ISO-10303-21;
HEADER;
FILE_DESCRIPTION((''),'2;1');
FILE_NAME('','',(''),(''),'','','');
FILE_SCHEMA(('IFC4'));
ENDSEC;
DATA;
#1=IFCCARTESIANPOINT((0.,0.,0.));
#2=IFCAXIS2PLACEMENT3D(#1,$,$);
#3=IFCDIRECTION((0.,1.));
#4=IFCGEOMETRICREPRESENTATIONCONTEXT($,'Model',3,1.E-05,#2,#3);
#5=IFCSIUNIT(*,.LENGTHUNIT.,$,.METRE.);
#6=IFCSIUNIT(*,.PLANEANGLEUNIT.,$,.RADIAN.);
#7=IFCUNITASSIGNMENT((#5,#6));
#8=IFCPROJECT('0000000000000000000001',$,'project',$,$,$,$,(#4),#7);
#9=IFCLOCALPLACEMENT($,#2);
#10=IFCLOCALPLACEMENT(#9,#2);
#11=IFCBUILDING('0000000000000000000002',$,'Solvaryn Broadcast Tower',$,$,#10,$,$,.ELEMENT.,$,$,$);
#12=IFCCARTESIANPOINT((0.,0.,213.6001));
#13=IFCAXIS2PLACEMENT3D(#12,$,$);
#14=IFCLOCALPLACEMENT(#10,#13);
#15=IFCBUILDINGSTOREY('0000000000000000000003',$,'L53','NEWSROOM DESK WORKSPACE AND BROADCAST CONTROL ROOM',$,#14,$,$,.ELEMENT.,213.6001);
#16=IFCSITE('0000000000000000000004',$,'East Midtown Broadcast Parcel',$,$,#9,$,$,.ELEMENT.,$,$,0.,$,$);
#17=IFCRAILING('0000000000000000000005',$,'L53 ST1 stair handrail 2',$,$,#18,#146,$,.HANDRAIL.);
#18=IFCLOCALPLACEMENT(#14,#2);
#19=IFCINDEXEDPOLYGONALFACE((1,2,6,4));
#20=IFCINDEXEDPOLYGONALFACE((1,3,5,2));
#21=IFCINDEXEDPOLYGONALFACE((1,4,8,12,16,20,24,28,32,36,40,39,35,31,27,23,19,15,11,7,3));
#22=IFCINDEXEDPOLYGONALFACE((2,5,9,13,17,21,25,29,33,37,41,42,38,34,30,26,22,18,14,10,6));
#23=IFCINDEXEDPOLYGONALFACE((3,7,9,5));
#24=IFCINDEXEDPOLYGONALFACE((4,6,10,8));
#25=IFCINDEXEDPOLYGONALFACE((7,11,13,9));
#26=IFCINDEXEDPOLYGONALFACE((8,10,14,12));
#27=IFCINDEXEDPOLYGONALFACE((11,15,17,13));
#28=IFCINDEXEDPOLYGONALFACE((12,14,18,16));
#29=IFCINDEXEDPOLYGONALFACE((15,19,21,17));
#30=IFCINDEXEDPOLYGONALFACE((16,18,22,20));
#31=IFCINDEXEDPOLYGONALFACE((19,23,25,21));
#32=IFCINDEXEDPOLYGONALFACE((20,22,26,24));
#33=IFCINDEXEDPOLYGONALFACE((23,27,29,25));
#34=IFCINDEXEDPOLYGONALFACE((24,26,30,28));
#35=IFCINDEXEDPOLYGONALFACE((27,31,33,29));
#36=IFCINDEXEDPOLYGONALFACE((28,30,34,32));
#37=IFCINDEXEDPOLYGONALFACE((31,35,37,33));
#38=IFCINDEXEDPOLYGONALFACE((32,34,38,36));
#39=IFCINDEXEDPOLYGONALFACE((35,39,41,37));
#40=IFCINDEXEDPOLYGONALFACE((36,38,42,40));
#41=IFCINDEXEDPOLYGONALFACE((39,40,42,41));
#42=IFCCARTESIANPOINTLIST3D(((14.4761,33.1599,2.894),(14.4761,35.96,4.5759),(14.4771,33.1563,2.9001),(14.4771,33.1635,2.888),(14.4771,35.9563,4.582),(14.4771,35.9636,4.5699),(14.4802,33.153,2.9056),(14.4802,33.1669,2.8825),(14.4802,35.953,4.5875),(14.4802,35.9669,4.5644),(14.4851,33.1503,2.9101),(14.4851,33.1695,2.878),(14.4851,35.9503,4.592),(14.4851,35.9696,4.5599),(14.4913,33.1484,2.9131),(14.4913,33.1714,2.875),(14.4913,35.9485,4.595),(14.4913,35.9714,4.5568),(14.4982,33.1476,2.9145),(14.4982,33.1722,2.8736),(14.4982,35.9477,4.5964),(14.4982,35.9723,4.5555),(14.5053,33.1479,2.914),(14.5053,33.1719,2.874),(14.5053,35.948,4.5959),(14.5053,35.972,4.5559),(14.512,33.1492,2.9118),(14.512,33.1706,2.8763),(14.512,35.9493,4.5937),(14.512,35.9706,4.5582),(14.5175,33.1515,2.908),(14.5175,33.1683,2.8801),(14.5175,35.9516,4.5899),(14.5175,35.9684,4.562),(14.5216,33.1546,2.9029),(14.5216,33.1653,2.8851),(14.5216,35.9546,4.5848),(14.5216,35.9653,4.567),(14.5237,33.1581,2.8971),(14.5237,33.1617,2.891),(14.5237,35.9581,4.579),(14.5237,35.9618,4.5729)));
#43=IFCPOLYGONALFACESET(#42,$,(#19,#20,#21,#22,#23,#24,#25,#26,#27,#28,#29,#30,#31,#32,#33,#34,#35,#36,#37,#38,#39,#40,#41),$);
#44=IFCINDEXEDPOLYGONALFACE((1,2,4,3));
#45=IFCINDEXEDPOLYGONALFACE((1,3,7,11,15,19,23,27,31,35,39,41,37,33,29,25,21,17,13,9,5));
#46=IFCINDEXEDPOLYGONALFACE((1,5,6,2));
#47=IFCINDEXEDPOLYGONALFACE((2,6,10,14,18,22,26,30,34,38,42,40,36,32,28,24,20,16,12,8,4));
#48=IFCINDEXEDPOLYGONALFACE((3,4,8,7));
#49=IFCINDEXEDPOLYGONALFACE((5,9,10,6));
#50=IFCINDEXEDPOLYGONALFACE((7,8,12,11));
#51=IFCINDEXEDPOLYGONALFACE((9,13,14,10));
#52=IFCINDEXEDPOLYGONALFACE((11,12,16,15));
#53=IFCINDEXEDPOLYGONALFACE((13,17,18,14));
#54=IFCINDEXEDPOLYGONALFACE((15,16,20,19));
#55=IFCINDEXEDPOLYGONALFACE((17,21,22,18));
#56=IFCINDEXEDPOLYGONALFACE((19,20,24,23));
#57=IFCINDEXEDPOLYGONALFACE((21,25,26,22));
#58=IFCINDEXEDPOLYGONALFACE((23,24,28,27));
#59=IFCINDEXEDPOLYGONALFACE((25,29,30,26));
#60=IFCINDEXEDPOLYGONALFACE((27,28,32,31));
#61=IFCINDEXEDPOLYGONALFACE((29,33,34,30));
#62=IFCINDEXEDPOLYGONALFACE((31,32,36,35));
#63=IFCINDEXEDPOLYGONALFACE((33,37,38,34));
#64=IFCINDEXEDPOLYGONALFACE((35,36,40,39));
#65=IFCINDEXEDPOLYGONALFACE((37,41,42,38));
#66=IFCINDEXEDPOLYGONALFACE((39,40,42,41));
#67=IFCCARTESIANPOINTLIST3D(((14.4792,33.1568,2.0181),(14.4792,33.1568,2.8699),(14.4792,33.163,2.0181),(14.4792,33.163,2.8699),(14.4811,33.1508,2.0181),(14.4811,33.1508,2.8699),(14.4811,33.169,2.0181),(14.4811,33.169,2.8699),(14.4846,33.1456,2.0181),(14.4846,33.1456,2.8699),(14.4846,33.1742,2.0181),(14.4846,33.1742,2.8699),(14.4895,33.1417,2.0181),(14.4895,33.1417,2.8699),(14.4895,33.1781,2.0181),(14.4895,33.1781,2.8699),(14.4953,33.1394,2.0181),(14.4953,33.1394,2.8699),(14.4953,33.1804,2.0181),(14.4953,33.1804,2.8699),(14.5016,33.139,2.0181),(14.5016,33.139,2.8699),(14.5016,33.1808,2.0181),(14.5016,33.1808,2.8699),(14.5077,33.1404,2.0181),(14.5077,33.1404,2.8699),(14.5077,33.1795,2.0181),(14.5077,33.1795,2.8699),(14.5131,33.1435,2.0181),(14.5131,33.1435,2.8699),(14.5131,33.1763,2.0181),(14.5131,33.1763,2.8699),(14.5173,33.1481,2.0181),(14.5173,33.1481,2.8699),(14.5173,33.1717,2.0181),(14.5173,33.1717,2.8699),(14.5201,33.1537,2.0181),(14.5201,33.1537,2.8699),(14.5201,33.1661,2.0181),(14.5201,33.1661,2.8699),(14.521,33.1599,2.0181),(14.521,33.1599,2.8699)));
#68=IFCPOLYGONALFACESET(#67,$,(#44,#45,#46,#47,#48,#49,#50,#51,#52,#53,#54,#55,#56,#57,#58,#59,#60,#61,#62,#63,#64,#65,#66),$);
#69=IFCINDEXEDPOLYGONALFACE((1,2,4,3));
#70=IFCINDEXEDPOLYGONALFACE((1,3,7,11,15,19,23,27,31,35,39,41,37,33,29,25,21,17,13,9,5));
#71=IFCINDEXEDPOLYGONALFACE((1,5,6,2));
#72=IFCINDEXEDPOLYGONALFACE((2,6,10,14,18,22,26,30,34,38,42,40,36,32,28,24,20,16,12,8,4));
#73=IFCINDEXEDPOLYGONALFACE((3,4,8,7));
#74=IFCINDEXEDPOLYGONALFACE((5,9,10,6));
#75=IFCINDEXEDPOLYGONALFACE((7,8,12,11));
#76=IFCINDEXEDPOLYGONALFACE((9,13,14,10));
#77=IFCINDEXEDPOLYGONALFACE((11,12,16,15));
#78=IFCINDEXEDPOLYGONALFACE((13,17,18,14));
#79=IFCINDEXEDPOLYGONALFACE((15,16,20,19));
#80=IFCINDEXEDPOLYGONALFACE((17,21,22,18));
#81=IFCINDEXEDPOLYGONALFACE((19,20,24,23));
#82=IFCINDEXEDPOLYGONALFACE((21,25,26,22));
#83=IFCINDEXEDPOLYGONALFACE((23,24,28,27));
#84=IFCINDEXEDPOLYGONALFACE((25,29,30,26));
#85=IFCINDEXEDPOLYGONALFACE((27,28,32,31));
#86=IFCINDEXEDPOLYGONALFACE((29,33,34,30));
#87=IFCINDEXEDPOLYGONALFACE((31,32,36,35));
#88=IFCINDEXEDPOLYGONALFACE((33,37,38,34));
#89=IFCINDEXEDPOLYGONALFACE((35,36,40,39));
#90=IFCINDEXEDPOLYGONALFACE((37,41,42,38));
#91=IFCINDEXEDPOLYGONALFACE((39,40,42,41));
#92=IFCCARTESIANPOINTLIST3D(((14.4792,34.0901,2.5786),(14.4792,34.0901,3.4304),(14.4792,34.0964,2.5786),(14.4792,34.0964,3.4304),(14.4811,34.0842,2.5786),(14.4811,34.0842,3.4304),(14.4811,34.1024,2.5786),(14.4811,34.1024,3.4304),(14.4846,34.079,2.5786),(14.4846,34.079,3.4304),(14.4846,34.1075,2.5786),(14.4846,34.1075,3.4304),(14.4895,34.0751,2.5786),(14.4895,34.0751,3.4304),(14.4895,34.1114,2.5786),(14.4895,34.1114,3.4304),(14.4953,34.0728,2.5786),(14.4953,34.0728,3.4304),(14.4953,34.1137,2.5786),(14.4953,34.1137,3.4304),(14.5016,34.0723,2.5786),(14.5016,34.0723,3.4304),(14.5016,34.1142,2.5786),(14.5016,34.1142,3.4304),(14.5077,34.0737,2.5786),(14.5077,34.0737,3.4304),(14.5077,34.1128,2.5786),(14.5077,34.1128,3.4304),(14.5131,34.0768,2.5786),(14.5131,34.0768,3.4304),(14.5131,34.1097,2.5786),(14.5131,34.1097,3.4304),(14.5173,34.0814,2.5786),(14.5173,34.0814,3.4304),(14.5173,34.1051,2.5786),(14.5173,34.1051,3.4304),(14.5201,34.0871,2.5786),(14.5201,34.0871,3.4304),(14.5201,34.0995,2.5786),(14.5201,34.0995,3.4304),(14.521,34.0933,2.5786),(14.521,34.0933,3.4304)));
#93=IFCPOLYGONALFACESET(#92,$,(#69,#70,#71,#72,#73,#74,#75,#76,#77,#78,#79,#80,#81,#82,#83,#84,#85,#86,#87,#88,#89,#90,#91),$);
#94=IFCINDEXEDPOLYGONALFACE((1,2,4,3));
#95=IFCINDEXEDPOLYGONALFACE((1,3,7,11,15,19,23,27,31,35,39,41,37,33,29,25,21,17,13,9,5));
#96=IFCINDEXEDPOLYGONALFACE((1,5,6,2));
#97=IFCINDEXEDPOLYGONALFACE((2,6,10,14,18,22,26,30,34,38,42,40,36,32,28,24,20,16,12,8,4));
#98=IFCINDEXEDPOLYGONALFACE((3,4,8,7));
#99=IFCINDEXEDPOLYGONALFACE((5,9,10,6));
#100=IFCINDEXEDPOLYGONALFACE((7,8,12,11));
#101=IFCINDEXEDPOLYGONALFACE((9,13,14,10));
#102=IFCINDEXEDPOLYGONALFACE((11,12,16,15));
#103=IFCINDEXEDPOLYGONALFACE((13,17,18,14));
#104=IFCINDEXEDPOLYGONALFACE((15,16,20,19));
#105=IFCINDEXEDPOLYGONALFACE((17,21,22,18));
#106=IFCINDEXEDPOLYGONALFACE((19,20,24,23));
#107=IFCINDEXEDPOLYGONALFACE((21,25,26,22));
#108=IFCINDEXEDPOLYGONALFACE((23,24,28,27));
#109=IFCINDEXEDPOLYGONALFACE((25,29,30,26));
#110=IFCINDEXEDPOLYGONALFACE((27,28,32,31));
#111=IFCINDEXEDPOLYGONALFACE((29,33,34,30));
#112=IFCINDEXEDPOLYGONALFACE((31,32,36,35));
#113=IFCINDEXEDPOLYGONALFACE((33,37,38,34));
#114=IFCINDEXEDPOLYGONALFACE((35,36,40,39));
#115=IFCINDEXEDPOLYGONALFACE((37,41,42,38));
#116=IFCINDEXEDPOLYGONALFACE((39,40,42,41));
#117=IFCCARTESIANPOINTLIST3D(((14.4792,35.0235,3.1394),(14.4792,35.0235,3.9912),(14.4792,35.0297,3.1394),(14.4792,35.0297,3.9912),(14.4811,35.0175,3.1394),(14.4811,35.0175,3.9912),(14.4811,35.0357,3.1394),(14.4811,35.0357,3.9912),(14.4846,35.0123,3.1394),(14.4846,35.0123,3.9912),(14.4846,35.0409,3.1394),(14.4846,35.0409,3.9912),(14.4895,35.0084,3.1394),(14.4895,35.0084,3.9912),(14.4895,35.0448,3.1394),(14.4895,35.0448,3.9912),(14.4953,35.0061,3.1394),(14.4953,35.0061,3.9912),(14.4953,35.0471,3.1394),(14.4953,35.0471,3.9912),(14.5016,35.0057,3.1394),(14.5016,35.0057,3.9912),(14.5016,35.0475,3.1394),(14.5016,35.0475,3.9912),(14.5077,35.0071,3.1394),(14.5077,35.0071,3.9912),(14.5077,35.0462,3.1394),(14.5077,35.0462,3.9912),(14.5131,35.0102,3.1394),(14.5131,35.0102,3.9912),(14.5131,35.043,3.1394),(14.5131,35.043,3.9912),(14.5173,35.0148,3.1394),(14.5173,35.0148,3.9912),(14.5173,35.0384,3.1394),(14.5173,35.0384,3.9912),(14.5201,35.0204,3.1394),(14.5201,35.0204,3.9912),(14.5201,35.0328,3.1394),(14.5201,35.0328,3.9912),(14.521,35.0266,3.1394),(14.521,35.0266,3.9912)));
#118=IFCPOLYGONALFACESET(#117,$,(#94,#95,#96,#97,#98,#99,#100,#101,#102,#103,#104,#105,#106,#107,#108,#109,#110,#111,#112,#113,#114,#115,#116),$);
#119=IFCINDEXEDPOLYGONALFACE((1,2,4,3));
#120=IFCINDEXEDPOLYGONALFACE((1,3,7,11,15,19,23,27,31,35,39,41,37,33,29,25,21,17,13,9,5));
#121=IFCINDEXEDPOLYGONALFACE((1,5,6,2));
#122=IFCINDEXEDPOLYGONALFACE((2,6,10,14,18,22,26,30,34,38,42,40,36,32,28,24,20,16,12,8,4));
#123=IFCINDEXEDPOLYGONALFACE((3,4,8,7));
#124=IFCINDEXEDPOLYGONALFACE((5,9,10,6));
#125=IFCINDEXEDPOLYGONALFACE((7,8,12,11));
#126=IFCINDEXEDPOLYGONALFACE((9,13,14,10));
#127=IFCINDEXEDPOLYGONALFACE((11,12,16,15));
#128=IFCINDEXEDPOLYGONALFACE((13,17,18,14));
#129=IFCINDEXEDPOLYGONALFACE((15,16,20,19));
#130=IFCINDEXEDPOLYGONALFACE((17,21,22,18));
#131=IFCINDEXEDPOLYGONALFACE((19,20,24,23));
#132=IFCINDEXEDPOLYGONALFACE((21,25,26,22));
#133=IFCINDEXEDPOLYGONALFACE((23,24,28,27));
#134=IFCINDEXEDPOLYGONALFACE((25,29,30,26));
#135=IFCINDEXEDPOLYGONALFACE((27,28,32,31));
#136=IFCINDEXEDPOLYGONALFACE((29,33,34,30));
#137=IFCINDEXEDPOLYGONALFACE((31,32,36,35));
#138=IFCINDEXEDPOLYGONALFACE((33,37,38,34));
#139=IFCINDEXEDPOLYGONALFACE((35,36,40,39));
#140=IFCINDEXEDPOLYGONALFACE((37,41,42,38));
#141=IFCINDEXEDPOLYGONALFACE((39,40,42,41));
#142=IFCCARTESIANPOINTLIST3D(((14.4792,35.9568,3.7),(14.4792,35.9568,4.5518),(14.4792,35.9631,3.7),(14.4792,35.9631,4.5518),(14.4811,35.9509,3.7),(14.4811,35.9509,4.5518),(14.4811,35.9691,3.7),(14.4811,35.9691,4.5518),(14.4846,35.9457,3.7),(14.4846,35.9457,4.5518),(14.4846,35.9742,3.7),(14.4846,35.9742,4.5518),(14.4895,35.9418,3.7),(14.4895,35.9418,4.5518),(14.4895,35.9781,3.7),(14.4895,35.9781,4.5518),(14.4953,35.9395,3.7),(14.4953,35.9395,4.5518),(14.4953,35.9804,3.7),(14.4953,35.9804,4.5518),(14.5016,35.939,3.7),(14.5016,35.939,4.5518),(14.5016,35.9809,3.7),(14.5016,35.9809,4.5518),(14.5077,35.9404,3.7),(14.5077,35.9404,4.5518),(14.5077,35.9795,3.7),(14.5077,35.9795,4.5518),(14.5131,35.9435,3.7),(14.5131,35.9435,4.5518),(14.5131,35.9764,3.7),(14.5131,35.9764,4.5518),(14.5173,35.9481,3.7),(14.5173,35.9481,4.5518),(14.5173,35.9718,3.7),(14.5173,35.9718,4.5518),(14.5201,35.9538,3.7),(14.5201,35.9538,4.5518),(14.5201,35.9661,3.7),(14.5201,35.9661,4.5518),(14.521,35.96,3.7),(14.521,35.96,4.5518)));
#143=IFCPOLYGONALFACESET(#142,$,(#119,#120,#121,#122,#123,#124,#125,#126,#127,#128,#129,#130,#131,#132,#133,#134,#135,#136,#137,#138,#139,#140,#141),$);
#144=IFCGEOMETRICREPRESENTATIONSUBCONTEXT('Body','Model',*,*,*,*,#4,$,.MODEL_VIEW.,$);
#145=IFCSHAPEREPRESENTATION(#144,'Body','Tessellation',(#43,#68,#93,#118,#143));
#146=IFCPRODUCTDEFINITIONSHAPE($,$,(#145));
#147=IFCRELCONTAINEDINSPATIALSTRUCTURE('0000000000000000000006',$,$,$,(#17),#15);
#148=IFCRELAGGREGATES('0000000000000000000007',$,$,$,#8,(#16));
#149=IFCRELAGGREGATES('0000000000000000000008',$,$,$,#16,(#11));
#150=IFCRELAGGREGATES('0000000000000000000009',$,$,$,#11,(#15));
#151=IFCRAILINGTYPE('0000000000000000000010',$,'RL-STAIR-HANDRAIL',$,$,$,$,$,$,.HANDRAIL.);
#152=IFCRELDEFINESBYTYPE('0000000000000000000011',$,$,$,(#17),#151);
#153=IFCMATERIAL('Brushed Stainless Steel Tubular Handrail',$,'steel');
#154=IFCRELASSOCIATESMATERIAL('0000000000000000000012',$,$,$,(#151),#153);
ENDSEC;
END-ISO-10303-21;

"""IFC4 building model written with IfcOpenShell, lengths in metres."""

from ifc_helpers import new_model, si_unit, direction, frame, origin, origin_2d, place, context, subcontext, project, spatial, circle, extrude, material, type_object, element, save


model = new_model("IFC4")

# Units and contexts
model_context = context("Model", 3, precision=1e-05, world=origin(), true_north=direction((0.0, 1.0)))
body_context = subcontext(model_context, "Body", "Model", "MODEL_VIEW")
ifc_project = project(units=[si_unit("LENGTHUNIT", "METRE"), si_unit("PLANEANGLEUNIT", "RADIAN")], contexts=[model_context])

# Site, building, storey
site_placement = place(None, origin())
site = spatial("IfcSite", under=ifc_project, at=site_placement, Name="East Midtown Broadcast Parcel", CompositionType="ELEMENT", RefElevation=0.0)
building_placement = place(site_placement, origin())
building = spatial("IfcBuilding", under=site, at=building_placement, Name="Solvaryn Broadcast Tower", CompositionType="ELEMENT")
storey_placement = place(building_placement, frame((0.0, 0.0, 213.6001)))
storey = spatial("IfcBuildingStorey", under=building, at=storey_placement, Name="L53", Description="NEWSROOM DESK WORKSPACE AND BROADCAST CONTROL ROOM", CompositionType="ELEMENT", Elevation=213.6001)

# Railing
ifc_material_1 = material(Name="Brushed Stainless Steel Tubular Handrail", Category="steel")
railing_type_1 = type_object("IfcRailingType", Name="RL-STAIR-HANDRAIL", PredefinedType="HANDRAIL", material=ifc_material_1)
railing_1_placement = place(storey_placement, frame((14.5, 33.1599, 2.0181)))
element("IfcRailing", 1, at=railing_1_placement, inside=storey, type_object=railing_type_1, Name="L53 ST1 stair handrail 2", PredefinedType="HANDRAIL", context=body_context, shape_type="SweptSolid", body=[
    extrude(circle(Radius=0.0239, at=origin_2d()), frame((0.0, 0.0, 0.876), z_axis=(0.0, 0.857242, 0.514913), x_axis=(-1.0, 0.0, 0.0)), (0.0, 0.0, 1.0), 3.2664),
    extrude(circle(Radius=0.021, at=origin_2d()), origin(), (0.0, 0.0, 1.0), 0.8518),
    extrude(circle(Radius=0.021, at=origin_2d()), frame((0.0, 0.9333, 0.5605)), (0.0, 0.0, 1.0), 0.8518),
    extrude(circle(Radius=0.021, at=origin_2d()), frame((0.0, 1.8667, 1.1213)), (0.0, 0.0, 1.0), 0.8518),
    extrude(circle(Radius=0.021, at=origin_2d()), frame((0.0, 2.8, 1.6819)), (0.0, 0.0, 1.0), 0.8518),
])

save(model, "model.ifc")
